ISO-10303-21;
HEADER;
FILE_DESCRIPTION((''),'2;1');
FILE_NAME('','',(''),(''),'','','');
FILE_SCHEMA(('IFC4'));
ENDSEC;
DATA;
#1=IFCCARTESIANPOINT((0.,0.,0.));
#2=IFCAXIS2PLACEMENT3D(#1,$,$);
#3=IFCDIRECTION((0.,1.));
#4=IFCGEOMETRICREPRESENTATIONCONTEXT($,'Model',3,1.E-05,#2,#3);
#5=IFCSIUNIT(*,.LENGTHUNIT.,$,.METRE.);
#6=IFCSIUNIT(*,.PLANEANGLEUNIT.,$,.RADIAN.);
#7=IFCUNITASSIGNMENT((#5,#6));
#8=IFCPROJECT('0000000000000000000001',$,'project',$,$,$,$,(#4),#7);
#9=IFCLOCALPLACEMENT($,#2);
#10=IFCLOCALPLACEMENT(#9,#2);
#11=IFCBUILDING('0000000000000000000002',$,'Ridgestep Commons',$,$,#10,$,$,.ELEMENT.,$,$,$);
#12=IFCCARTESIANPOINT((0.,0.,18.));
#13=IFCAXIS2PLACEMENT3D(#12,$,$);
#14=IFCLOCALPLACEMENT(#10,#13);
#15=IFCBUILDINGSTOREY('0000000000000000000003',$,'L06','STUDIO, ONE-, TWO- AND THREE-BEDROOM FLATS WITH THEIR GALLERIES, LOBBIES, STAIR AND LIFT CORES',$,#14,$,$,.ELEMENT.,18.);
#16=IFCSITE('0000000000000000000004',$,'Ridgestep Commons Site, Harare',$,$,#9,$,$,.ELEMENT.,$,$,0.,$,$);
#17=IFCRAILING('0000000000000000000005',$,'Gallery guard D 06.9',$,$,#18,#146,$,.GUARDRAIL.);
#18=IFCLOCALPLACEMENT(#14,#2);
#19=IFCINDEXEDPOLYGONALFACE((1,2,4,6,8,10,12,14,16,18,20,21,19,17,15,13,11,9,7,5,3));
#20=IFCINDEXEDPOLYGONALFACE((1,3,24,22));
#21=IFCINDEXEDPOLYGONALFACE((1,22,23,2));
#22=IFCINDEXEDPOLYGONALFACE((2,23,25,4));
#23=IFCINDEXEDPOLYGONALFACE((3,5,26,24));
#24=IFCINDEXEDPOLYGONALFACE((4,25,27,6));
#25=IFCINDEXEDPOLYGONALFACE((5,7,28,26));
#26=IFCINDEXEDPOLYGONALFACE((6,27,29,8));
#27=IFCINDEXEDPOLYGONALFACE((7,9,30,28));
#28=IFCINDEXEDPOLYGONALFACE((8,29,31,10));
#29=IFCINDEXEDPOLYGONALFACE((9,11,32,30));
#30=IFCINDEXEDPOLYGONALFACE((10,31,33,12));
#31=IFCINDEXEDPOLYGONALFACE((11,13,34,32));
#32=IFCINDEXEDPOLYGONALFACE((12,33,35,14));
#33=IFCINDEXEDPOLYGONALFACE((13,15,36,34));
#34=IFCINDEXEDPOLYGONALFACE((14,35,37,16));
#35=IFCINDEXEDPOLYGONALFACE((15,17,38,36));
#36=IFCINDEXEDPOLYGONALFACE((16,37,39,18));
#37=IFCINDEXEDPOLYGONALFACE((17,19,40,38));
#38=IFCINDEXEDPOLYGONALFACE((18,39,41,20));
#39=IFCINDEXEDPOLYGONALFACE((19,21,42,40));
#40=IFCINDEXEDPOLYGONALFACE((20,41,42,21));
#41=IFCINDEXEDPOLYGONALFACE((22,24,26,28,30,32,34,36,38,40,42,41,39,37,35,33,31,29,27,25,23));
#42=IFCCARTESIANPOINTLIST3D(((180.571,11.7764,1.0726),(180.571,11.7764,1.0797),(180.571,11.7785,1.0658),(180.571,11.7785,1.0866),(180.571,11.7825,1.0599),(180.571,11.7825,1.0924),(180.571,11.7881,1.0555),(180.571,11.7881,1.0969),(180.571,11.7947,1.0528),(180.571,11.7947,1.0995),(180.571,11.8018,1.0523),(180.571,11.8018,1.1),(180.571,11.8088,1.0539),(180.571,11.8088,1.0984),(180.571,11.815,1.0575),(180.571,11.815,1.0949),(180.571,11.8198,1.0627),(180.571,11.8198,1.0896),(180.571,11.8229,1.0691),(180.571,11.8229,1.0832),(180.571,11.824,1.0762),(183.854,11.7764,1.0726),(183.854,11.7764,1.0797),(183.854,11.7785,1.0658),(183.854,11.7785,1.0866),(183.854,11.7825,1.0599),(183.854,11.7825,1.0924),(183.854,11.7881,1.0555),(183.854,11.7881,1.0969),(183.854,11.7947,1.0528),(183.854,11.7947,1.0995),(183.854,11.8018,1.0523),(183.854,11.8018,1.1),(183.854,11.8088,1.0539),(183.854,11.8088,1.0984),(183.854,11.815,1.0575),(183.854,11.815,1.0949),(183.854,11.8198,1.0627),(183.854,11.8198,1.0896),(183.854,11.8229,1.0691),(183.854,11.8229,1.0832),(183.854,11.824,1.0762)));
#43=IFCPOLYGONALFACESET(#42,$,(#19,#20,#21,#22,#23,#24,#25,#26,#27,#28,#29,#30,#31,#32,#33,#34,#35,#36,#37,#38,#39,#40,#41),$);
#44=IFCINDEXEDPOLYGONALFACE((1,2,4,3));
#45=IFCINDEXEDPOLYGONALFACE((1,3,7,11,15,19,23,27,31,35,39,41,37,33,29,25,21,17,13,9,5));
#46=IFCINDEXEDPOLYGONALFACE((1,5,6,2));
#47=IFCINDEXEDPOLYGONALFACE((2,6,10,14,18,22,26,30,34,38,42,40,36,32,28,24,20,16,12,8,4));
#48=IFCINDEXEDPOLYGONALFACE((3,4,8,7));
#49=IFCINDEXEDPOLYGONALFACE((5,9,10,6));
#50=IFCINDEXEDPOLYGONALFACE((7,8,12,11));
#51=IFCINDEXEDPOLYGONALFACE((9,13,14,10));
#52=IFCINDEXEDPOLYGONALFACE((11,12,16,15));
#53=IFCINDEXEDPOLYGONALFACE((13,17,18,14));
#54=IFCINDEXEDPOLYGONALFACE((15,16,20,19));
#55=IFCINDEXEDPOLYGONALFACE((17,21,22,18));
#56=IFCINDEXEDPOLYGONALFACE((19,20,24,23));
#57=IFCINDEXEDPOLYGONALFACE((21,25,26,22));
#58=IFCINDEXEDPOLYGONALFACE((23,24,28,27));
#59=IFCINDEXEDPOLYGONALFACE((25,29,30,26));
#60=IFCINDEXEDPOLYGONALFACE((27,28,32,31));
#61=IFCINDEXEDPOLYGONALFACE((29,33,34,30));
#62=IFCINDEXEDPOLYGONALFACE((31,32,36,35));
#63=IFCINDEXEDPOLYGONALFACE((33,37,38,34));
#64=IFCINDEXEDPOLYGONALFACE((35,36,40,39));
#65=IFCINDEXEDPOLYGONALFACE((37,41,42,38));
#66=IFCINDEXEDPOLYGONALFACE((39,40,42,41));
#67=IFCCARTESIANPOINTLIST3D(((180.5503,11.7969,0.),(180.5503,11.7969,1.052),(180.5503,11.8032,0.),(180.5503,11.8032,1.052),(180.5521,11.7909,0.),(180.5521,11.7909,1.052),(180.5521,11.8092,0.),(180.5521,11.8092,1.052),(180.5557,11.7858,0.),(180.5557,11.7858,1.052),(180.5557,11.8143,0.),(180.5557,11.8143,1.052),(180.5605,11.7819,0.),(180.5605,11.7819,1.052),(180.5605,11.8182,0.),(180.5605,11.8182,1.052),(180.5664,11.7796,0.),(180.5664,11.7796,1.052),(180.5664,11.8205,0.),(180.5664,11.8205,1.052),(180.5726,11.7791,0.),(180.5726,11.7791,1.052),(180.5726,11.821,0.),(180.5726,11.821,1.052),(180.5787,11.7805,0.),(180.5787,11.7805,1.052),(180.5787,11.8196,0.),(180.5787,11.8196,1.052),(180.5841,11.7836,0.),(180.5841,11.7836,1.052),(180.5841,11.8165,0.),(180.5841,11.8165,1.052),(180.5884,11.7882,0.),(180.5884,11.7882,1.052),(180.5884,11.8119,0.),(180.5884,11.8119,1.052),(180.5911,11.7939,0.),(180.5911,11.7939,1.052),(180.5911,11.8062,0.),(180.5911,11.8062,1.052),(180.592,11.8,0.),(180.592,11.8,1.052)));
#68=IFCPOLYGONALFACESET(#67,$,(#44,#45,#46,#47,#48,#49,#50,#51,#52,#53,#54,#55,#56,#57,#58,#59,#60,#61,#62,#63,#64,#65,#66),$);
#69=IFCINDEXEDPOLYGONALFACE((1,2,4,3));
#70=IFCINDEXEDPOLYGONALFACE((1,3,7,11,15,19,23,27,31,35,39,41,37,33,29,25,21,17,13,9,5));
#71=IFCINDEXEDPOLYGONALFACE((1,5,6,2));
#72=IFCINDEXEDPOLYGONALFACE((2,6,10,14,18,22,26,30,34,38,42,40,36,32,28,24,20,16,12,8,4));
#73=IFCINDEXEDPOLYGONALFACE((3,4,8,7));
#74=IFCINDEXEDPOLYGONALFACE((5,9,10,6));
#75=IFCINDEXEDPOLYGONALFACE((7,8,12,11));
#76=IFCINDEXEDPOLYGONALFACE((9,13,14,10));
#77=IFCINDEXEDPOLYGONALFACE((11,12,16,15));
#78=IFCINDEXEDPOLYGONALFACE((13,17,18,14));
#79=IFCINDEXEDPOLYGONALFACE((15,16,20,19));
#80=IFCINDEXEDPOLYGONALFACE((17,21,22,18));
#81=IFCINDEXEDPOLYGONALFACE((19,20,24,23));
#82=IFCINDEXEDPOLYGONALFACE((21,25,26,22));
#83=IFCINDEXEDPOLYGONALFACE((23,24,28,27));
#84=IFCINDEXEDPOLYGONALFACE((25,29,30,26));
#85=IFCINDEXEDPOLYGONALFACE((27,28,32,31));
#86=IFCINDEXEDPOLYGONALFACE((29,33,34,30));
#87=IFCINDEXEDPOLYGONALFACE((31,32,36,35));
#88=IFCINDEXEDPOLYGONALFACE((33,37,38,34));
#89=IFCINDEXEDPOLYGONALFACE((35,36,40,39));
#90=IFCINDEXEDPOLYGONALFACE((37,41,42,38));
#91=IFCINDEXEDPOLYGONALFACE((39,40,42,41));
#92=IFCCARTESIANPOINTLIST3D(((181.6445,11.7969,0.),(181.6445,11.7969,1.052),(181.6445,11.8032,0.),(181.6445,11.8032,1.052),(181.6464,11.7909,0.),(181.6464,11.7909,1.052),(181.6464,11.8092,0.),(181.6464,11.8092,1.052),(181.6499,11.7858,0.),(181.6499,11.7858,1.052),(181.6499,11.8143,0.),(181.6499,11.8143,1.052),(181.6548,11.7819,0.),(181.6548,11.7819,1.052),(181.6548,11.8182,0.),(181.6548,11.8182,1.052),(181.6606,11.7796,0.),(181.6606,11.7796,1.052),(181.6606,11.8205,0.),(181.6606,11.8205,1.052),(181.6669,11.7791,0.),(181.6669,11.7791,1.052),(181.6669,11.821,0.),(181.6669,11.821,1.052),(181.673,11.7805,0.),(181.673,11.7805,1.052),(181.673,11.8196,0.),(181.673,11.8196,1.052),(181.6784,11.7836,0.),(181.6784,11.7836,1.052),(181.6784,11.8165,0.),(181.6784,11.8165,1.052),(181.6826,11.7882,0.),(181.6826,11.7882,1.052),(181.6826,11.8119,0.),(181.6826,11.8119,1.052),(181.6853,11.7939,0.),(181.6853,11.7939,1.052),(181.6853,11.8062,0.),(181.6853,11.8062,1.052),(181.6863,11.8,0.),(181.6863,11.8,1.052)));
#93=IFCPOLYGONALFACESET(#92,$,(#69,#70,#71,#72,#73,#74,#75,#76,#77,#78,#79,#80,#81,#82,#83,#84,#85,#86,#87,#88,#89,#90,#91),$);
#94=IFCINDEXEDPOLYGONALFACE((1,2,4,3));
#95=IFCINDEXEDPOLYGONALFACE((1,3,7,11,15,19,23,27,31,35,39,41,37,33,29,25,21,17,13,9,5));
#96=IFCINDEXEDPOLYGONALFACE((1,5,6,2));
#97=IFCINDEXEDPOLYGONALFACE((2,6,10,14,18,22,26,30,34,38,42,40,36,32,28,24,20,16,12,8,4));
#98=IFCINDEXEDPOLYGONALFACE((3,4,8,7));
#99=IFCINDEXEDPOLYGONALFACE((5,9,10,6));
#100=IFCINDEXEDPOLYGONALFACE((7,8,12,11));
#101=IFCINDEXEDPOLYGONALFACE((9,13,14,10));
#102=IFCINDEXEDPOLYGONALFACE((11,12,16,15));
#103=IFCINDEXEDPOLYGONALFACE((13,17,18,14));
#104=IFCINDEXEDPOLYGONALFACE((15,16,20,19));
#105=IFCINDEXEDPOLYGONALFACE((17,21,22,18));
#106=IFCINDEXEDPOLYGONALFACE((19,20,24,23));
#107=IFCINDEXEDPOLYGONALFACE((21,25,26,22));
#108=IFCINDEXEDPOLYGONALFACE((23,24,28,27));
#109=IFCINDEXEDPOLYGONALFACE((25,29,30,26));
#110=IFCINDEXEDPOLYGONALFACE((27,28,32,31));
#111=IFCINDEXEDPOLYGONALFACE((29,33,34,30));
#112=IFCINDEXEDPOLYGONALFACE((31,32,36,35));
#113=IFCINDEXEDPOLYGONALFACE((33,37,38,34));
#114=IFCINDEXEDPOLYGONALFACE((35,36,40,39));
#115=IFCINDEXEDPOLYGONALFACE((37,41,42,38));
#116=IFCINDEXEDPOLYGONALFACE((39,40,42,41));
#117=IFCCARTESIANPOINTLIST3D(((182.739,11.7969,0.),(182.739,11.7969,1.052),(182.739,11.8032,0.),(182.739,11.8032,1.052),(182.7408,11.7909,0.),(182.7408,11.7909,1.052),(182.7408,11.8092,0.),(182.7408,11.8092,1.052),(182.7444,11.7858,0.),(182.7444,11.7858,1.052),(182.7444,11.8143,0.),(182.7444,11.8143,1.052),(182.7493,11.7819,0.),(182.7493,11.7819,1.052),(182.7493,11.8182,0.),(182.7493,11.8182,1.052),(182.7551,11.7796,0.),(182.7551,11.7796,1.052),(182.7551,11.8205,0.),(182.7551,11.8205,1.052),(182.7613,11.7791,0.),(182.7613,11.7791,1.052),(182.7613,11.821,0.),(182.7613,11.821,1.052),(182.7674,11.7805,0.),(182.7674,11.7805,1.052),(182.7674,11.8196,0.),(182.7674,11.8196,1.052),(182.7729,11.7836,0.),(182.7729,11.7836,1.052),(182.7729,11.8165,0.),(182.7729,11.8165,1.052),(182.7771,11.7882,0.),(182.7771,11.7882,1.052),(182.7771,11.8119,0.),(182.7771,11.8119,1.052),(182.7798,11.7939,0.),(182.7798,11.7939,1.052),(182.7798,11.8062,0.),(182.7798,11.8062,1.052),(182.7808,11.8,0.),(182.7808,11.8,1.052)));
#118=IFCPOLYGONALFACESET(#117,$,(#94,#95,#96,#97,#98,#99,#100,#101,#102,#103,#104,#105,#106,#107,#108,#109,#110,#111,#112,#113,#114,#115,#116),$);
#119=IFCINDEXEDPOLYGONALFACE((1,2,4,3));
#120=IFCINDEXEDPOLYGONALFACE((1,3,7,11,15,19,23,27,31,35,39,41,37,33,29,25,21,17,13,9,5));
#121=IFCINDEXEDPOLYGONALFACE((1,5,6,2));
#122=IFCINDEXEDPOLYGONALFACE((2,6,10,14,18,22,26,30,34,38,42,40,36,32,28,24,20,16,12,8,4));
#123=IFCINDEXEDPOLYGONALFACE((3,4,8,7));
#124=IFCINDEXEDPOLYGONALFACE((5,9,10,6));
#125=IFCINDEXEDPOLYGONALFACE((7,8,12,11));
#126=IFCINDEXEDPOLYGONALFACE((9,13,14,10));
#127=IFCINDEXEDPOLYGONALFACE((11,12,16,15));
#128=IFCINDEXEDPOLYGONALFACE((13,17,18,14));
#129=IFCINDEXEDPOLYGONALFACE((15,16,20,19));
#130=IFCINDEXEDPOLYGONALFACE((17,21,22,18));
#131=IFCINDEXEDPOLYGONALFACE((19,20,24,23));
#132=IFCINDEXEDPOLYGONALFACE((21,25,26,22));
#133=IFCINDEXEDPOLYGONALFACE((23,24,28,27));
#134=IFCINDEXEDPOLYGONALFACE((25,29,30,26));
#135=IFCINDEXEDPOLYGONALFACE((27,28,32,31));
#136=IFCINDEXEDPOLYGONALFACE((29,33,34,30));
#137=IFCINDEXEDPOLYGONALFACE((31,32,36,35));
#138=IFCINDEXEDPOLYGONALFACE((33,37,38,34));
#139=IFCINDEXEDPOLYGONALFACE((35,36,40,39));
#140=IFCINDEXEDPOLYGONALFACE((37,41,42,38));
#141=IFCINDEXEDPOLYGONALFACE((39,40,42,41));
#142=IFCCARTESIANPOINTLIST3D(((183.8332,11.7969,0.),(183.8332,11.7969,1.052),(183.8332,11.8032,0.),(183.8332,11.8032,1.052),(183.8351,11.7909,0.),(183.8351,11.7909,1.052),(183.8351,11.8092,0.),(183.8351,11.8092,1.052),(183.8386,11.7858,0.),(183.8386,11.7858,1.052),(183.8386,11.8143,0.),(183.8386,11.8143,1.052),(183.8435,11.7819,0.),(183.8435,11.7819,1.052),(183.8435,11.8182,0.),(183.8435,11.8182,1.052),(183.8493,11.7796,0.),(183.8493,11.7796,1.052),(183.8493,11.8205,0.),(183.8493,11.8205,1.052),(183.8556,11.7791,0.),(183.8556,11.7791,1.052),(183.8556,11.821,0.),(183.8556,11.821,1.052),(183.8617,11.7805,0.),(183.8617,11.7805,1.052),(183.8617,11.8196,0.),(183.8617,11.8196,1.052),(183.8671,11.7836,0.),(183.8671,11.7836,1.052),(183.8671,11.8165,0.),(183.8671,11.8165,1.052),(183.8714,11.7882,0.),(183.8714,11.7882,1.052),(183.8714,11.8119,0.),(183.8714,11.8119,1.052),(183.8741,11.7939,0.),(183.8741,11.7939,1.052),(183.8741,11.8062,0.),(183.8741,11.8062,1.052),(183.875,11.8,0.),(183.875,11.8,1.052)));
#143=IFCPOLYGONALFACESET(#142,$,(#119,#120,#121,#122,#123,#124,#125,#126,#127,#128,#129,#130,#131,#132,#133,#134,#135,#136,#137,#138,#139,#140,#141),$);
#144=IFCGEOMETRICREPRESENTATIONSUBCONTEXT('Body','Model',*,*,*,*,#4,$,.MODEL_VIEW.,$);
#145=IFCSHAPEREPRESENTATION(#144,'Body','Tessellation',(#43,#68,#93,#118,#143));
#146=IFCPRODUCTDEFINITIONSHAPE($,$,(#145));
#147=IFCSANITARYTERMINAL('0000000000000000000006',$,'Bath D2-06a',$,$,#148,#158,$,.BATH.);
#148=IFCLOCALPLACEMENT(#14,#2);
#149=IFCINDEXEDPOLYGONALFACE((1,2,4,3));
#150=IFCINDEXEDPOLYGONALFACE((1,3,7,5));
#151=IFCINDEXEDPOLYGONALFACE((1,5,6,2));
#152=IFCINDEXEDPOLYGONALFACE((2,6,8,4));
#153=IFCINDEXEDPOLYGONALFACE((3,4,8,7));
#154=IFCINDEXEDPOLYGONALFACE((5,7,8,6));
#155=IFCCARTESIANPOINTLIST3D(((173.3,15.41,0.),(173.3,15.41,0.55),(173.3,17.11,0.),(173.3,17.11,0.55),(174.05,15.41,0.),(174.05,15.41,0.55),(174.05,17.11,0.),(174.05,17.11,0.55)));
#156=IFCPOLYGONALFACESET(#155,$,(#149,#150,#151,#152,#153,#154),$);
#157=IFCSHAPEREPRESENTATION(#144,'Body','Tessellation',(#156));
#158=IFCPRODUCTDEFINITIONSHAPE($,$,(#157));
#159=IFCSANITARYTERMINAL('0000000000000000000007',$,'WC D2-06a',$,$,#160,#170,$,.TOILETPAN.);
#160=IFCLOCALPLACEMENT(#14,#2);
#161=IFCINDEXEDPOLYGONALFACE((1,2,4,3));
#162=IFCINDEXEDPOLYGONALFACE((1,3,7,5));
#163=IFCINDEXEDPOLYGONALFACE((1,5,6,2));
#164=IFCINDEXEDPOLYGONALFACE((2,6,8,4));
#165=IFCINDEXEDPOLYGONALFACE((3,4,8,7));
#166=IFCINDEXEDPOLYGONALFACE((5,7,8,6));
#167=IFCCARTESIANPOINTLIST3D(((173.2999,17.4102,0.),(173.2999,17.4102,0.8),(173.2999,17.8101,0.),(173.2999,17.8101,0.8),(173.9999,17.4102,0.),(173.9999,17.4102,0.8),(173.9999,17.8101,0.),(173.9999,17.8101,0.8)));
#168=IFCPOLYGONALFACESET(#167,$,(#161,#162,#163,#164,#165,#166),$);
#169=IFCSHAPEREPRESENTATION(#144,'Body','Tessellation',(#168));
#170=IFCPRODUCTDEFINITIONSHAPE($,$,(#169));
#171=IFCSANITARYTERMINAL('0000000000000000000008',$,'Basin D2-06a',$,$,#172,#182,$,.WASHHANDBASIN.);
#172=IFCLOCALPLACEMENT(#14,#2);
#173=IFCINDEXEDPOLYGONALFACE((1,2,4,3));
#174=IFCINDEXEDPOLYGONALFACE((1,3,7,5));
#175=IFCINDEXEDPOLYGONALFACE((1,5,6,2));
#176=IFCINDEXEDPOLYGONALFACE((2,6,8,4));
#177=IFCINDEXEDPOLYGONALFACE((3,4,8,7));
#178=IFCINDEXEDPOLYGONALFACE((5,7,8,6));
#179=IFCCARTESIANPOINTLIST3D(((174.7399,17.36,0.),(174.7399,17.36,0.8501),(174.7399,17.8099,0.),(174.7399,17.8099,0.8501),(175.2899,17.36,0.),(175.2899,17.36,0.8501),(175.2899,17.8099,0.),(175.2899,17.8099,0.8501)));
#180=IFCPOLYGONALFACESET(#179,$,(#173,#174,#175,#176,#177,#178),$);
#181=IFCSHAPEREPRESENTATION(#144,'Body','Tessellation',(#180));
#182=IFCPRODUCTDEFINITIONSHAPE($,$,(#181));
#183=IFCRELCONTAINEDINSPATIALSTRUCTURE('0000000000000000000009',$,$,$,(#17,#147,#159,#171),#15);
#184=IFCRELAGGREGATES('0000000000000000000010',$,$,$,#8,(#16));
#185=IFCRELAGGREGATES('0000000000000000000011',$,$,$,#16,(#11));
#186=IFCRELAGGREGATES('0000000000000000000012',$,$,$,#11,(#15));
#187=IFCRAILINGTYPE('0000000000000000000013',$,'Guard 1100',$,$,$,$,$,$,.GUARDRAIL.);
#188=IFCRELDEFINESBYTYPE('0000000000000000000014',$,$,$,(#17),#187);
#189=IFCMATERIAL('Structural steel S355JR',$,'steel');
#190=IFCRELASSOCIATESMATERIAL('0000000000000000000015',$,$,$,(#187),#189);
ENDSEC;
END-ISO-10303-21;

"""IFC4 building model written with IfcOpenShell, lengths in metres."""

from ifc_helpers import new_model, si_unit, direction, frame, origin, origin_2d, place, context, subcontext, project, spatial, rectangle, circle, extrude, material, type_object, element, save


model = new_model("IFC4")

# Units and contexts
model_context = context("Model", 3, precision=1e-05, world=origin(), true_north=direction((0.0, 1.0)))
body_context = subcontext(model_context, "Body", "Model", "MODEL_VIEW")
ifc_project = project(units=[si_unit("LENGTHUNIT", "METRE"), si_unit("PLANEANGLEUNIT", "RADIAN")], contexts=[model_context])

# Site, building, storey
site_placement = place(None, origin())
site = spatial("IfcSite", under=ifc_project, at=site_placement, Name="Ridgestep Commons Site, Harare", CompositionType="ELEMENT", RefElevation=0.0)
building_placement = place(site_placement, origin())
building = spatial("IfcBuilding", under=site, at=building_placement, Name="Ridgestep Commons", CompositionType="ELEMENT")
storey_placement = place(building_placement, frame((0.0, 0.0, 18.0)))
storey = spatial("IfcBuildingStorey", under=building, at=storey_placement, Name="L06", Description="STUDIO, ONE-, TWO- AND THREE-BEDROOM FLATS WITH THEIR GALLERIES, LOBBIES, STAIR AND LIFT CORES", CompositionType="ELEMENT", Elevation=18.0)

# Railing
ifc_material_1 = material(Name="Structural steel S355JR", Category="steel")
railing_type = type_object("IfcRailingType", Name="Guard 1100", PredefinedType="GUARDRAIL", material=ifc_material_1)
for number, where, name in (
    (1, (180.571, 11.8, 0.0), "Gallery guard D 06.9"),
):
    element("IfcRailing", number, at=place(storey_placement, frame(where)), inside=storey, type_object=railing_type, Name=name, PredefinedType="GUARDRAIL", context=body_context, shape_type="SweptSolid", body=[
        extrude(circle(Radius=0.0239, at=origin_2d()), frame((0.0, 0.0, 1.0762), z_axis=(1.0, 0.0, 0.0), x_axis=(0.0, 1.0, 0.0)), (0.0, 0.0, 1.0), 3.283),
        extrude(circle(Radius=0.021, at=origin_2d()), origin(), (0.0, 0.0, 1.0), 1.052),
        extrude(circle(Radius=0.021, at=origin_2d()), frame((1.0942, 0.0, 0.0)), (0.0, 0.0, 1.0), 1.052),
        extrude(circle(Radius=0.021, at=origin_2d()), frame((2.1887, 0.0, 0.0)), (0.0, 0.0, 1.0), 1.052),
        extrude(circle(Radius=0.021, at=origin_2d()), frame((3.283, 0.0, 0.0)), (0.0, 0.0, 1.0), 1.052),
    ])

# Sanitary terminals
sanitary_terminal_1_placement = place(storey_placement, frame((173.675, 16.26, 0.0), z_axis=(0.0, 0.0, 1.0), x_axis=(1.0, 0.0, 0.0)))
element("IfcSanitaryTerminal", 2, at=sanitary_terminal_1_placement, inside=storey, Name="Bath D2-06a", PredefinedType="BATH", context=body_context, shape_type="SweptSolid", body=[
    extrude(rectangle(XDim=0.75, YDim=1.7, at=origin_2d()), origin(), (0.0, 0.0, 1.0), 0.55),
])
sanitary_terminal_2_placement = place(storey_placement, frame((173.6499, 17.6101, 0.0), z_axis=(0.0, 0.0, 1.0), x_axis=(1.0, 0.0, 0.0)))
element("IfcSanitaryTerminal", 3, at=sanitary_terminal_2_placement, inside=storey, Name="WC D2-06a", PredefinedType="TOILETPAN", context=body_context, shape_type="SweptSolid", body=[
    extrude(rectangle(XDim=0.7, YDim=0.3999, at=origin_2d()), origin(), (0.0, 0.0, 1.0), 0.8),
])
sanitary_terminal_3_placement = place(storey_placement, frame((175.0149, 17.585, 0.0), z_axis=(0.0, 0.0, 1.0), x_axis=(1.0, 0.0, 0.0)))
element("IfcSanitaryTerminal", 4, at=sanitary_terminal_3_placement, inside=storey, Name="Basin D2-06a", PredefinedType="WASHHANDBASIN", context=body_context, shape_type="SweptSolid", body=[
    extrude(rectangle(XDim=0.55, YDim=0.45, at=origin_2d()), origin(), (0.0, 0.0, 1.0), 0.8501),
])

save(model, "model.ifc")
